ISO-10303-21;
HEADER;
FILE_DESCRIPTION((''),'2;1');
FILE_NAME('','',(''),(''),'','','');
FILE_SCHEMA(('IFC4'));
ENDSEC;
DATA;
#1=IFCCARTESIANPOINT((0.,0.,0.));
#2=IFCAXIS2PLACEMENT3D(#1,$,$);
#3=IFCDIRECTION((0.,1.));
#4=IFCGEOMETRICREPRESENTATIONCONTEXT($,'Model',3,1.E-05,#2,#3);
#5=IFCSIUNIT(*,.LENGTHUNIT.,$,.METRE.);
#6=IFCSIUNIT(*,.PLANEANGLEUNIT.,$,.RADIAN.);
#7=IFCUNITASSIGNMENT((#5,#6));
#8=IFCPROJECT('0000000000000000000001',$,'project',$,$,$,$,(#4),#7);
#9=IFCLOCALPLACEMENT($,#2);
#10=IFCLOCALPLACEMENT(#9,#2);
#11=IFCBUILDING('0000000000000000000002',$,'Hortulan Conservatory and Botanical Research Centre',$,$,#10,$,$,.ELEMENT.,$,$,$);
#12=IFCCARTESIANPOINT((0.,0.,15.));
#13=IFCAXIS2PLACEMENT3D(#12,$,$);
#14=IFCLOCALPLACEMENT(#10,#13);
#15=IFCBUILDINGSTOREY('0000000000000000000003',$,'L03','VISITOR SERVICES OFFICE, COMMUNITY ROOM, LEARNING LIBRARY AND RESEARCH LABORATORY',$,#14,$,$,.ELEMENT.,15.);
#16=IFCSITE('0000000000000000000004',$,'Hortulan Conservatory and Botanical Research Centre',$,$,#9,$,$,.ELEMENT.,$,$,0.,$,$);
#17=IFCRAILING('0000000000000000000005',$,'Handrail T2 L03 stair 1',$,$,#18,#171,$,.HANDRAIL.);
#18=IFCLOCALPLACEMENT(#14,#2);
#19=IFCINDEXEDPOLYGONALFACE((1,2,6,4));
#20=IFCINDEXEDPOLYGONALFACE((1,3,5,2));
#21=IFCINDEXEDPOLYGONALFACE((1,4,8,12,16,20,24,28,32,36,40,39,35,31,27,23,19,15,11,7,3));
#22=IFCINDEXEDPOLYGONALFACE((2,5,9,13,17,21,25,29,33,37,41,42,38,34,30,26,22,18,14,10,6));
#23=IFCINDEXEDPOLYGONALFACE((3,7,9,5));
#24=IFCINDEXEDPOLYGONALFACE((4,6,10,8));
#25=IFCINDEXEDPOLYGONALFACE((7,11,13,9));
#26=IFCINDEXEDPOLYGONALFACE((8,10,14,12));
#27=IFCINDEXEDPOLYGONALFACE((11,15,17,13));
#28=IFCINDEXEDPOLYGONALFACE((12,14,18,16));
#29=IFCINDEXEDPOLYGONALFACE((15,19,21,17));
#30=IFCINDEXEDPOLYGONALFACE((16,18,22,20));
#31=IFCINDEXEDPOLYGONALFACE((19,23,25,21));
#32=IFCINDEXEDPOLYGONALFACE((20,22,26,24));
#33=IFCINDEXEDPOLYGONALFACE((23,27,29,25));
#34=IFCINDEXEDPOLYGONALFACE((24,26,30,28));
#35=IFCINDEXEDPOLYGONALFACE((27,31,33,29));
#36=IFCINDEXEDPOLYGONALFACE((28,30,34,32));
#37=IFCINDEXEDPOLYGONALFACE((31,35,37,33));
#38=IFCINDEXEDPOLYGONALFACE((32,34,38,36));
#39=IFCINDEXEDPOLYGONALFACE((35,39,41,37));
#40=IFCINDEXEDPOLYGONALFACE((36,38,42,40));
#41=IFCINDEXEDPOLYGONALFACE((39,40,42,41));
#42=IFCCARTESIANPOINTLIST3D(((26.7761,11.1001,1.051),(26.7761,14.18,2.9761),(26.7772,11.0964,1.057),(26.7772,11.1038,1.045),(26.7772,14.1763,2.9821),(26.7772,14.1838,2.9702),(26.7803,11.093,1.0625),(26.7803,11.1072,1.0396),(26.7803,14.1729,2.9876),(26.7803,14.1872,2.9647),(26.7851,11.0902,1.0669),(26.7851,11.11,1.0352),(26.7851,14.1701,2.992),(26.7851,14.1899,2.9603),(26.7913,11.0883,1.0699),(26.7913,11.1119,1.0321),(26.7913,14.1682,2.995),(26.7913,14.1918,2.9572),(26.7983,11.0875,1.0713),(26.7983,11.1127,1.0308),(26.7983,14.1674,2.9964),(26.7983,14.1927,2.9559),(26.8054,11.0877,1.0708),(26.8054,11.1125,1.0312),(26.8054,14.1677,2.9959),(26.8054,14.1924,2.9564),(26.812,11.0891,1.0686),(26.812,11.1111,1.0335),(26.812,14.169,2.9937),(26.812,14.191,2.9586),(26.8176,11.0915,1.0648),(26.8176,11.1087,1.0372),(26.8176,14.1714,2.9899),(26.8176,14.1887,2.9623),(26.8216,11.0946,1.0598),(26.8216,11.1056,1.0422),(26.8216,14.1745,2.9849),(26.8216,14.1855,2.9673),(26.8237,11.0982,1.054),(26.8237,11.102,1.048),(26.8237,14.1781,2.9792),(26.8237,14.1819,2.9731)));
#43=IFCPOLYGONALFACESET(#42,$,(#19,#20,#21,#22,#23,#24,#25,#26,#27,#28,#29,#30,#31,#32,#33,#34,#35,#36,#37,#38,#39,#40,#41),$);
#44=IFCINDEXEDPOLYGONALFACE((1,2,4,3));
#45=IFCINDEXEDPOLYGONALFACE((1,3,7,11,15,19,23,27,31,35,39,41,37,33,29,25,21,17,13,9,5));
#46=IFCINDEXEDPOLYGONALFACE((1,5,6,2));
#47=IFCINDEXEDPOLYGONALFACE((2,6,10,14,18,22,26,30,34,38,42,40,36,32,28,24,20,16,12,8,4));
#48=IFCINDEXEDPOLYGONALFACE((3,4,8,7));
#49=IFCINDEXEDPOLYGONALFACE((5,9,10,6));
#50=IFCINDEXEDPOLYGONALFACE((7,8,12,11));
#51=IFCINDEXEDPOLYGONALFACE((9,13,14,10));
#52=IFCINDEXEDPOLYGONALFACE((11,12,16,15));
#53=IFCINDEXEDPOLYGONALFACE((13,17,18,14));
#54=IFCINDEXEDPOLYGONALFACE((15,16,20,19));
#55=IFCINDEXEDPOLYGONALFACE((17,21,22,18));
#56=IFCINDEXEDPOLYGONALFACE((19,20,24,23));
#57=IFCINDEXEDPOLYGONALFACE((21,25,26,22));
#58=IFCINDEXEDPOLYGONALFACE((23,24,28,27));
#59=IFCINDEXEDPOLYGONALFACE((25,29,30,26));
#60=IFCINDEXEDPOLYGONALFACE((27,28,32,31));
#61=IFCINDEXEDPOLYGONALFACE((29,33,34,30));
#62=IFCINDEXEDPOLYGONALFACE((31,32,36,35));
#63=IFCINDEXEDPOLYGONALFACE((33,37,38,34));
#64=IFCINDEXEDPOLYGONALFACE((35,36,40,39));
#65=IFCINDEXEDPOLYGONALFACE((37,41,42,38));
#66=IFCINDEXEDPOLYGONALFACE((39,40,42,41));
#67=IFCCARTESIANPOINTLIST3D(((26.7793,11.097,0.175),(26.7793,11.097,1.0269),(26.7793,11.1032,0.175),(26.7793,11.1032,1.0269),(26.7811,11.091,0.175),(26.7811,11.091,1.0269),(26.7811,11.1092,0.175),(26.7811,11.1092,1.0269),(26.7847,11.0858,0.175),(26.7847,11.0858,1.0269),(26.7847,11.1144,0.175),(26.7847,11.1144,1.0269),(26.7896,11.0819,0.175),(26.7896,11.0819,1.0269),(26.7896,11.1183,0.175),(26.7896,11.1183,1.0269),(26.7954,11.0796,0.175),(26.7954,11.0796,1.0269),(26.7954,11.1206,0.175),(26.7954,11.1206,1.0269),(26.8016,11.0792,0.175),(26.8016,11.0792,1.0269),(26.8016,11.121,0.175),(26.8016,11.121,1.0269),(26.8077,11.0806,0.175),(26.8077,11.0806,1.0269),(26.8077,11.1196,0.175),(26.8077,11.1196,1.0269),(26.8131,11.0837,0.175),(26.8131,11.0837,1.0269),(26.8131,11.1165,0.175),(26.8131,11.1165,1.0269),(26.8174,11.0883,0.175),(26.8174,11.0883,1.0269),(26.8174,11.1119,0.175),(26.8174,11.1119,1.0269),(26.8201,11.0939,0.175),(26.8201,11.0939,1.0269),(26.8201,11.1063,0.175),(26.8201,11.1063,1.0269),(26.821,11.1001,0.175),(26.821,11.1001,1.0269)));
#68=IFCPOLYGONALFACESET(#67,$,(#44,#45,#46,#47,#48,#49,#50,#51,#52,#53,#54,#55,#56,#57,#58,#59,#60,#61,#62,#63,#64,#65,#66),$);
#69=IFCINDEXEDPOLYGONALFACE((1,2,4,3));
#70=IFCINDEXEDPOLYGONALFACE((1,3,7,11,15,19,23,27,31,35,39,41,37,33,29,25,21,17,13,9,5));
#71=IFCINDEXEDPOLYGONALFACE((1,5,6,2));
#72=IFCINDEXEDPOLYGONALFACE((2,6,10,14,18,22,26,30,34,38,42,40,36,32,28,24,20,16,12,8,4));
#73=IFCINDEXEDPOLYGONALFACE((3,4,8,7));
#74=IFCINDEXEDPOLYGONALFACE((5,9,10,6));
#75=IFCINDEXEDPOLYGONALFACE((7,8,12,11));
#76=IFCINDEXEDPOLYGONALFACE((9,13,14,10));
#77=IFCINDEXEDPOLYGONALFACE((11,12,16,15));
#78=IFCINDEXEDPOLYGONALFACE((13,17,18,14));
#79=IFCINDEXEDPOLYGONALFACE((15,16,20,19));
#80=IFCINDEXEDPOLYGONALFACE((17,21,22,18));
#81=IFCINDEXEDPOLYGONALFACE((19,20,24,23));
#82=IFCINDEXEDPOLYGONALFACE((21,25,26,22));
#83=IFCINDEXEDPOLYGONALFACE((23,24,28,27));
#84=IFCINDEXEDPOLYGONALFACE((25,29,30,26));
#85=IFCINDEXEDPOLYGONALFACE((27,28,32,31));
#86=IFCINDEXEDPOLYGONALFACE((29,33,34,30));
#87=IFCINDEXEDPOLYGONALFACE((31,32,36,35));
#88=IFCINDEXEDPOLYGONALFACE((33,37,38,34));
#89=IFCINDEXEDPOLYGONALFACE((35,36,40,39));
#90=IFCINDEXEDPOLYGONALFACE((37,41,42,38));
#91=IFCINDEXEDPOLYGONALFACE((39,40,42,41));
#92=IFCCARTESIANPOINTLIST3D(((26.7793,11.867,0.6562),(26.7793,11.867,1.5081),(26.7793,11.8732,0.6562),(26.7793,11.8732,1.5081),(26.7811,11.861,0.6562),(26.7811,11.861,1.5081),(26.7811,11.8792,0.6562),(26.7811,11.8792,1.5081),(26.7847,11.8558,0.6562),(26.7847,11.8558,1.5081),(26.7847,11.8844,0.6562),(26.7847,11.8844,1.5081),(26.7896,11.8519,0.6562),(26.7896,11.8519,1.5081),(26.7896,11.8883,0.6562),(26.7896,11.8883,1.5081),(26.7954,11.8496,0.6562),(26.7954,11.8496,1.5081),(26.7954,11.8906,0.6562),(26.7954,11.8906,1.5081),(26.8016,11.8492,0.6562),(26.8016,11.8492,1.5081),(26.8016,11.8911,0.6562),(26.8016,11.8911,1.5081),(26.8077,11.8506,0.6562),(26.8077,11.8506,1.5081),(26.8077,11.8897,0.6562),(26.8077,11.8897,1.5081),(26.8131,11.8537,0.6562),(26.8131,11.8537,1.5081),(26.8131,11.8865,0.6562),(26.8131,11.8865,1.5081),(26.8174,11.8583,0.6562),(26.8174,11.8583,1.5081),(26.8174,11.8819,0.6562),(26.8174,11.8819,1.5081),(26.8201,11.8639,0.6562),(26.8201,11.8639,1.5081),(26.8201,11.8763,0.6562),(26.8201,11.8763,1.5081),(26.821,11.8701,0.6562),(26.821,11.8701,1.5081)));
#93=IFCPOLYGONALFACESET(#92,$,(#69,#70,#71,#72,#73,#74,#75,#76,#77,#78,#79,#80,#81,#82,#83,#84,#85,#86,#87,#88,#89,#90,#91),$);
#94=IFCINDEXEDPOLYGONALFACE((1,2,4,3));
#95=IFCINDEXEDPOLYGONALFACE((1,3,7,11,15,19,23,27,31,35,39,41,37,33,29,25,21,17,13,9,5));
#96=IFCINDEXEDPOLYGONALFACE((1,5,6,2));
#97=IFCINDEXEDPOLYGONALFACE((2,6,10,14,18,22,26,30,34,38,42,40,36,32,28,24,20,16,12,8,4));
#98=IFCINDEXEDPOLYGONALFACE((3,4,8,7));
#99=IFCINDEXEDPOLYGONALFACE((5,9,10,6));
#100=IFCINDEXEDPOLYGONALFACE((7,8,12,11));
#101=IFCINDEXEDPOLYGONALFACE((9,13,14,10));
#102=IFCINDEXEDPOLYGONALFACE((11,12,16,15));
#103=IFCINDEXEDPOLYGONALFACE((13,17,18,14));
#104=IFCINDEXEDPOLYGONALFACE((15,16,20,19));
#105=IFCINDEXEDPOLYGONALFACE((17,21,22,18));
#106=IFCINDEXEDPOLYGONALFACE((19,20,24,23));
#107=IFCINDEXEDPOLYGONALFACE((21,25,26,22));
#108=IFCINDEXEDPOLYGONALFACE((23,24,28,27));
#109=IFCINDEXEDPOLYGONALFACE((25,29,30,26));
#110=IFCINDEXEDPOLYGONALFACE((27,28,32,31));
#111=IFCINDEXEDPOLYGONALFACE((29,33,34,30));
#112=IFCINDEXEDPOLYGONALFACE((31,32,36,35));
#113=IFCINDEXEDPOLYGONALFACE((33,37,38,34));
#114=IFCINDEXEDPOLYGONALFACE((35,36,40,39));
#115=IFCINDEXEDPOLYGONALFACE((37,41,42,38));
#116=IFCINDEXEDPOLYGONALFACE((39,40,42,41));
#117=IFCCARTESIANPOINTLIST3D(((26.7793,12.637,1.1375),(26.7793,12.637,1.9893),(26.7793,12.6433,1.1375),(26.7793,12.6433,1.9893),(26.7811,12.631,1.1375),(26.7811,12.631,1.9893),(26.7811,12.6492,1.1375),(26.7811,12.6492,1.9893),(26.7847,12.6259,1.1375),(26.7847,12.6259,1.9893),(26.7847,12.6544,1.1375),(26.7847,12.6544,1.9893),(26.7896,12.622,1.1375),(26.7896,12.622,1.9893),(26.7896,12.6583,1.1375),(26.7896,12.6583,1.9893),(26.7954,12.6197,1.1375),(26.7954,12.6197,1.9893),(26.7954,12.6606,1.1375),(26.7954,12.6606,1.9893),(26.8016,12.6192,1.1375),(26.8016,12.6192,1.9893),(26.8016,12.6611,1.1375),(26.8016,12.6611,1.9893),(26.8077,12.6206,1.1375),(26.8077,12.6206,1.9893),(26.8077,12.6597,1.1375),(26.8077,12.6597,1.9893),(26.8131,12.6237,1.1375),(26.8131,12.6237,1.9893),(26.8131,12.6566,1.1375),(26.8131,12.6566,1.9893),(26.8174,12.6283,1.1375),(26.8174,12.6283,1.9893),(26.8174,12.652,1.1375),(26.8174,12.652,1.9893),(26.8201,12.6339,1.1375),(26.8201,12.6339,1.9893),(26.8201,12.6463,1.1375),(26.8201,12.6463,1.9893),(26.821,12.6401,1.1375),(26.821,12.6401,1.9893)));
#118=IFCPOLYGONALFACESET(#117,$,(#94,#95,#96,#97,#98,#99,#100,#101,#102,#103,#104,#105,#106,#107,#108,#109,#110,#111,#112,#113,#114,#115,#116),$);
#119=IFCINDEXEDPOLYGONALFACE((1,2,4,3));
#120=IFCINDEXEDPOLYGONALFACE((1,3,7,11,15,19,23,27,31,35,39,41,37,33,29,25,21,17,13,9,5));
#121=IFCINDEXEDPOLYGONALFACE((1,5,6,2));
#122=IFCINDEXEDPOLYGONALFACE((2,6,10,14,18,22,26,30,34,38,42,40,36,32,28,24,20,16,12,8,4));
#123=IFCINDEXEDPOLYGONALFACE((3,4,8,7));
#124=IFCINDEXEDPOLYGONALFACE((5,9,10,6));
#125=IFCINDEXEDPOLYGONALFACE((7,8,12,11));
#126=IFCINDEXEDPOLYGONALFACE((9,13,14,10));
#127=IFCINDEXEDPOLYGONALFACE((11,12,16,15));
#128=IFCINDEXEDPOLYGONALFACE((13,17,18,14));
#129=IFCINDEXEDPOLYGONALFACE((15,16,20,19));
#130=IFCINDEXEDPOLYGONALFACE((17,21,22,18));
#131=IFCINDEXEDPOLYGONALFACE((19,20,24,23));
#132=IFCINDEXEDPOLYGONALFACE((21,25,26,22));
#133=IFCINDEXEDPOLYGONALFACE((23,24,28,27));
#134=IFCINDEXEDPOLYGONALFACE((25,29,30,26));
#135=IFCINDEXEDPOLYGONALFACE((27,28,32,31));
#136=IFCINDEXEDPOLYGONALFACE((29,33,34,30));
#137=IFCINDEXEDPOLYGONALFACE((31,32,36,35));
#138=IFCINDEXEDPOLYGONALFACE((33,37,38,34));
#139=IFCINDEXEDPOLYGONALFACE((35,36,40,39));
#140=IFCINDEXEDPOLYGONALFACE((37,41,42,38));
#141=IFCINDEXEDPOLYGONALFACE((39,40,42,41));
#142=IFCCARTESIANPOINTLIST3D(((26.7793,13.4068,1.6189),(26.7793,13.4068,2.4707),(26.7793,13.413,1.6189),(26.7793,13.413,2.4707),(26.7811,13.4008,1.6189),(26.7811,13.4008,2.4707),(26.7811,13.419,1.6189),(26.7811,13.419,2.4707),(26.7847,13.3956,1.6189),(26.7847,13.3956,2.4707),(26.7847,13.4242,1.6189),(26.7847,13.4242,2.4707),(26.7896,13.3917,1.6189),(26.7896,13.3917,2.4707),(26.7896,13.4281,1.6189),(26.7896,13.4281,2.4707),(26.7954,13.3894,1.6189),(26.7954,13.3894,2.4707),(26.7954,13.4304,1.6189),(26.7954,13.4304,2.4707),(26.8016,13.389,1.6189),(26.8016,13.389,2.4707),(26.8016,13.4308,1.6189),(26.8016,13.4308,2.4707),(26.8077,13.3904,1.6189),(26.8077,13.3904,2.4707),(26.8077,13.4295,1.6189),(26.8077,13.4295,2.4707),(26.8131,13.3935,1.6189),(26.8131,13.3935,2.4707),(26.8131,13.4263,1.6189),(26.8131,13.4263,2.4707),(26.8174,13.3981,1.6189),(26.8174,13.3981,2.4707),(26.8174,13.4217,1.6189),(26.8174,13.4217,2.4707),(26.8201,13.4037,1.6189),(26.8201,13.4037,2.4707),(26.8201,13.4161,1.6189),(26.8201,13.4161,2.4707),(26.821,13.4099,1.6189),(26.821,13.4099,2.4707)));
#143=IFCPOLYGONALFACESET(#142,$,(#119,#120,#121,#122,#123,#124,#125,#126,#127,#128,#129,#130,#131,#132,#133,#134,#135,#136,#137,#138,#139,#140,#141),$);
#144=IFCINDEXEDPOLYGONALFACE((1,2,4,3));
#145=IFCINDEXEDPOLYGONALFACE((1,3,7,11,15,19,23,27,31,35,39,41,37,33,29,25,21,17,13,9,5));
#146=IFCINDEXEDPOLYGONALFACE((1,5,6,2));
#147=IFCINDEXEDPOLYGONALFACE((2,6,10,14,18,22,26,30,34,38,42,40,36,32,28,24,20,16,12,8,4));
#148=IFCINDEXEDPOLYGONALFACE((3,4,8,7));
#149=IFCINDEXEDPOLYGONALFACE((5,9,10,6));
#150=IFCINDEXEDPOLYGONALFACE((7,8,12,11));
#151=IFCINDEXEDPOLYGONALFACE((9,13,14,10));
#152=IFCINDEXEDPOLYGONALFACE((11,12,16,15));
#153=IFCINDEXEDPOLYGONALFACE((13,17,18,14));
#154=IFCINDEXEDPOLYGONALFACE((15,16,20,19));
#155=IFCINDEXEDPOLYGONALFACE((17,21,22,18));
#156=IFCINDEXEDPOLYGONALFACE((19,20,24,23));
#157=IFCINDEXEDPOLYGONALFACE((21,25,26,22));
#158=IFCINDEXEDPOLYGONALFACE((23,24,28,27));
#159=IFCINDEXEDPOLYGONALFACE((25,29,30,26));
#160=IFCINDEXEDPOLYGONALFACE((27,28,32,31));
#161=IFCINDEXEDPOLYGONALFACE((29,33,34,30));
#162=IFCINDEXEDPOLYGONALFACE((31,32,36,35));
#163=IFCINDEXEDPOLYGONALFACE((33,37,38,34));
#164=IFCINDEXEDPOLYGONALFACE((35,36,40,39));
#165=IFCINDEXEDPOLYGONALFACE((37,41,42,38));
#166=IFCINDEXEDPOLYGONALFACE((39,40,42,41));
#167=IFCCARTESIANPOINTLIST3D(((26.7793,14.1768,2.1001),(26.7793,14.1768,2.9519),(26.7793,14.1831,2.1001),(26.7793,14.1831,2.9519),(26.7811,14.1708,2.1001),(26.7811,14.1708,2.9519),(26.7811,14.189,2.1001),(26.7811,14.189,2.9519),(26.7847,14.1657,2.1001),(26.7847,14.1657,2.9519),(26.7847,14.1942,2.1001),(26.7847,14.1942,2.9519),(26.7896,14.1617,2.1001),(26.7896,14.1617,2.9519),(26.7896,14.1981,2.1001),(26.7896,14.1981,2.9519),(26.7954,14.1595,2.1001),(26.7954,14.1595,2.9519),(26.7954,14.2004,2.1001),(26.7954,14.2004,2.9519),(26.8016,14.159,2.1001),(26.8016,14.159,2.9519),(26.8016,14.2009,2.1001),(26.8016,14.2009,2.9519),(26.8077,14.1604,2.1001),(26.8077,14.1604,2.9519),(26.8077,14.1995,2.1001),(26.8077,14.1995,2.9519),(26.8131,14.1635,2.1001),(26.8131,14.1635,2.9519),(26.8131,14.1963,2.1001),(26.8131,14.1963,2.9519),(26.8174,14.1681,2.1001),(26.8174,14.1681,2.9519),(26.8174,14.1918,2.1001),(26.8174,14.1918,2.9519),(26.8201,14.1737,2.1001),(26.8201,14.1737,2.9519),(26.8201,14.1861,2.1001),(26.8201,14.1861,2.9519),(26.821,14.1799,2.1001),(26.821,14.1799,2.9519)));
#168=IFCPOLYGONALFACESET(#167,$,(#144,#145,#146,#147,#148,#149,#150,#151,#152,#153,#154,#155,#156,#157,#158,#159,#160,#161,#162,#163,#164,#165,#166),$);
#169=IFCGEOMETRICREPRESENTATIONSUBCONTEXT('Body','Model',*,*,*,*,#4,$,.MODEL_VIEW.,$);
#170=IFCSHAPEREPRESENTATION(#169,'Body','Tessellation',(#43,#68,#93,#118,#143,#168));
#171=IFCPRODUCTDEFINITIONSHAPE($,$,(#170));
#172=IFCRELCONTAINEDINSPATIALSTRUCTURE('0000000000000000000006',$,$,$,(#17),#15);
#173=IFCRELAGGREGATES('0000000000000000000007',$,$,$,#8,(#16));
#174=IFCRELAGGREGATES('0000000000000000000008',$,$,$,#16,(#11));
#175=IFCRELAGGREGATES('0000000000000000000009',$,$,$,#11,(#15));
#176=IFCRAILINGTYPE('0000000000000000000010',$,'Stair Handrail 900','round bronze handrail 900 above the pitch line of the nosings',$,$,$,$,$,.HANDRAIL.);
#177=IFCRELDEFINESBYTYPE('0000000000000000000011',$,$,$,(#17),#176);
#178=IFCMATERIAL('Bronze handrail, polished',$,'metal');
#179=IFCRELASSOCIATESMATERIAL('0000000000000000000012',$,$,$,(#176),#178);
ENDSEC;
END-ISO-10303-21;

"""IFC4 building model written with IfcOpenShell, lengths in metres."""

from ifc_helpers import new_model, si_unit, direction, frame, origin, origin_2d, place, context, subcontext, project, spatial, circle, extrude, material, type_object, element, save


model = new_model("IFC4")

# Units and contexts
model_context = context("Model", 3, precision=1e-05, world=origin(), true_north=direction((0.0, 1.0)))
body_context = subcontext(model_context, "Body", "Model", "MODEL_VIEW")
ifc_project = project(units=[si_unit("LENGTHUNIT", "METRE"), si_unit("PLANEANGLEUNIT", "RADIAN")], contexts=[model_context])

# Site, building, storey
site_placement = place(None, origin())
site = spatial("IfcSite", under=ifc_project, at=site_placement, Name="Hortulan Conservatory and Botanical Research Centre", CompositionType="ELEMENT", RefElevation=0.0)
building_placement = place(site_placement, origin())
building = spatial("IfcBuilding", under=site, at=building_placement, Name="Hortulan Conservatory and Botanical Research Centre", CompositionType="ELEMENT")
storey_placement = place(building_placement, frame((0.0, 0.0, 15.0)))
storey = spatial("IfcBuildingStorey", under=building, at=storey_placement, Name="L03", Description="VISITOR SERVICES OFFICE, COMMUNITY ROOM, LEARNING LIBRARY AND RESEARCH LABORATORY", CompositionType="ELEMENT", Elevation=15.0)

# Railing
ifc_material_1 = material(Name="Bronze handrail, polished", Category="metal")
railing_type_1 = type_object("IfcRailingType", Name="Stair Handrail 900", Description="round bronze handrail 900 above the pitch line of the nosings", PredefinedType="HANDRAIL", material=ifc_material_1)
railing_1_placement = place(storey_placement, frame((26.8, 11.1001, 0.175)))
element("IfcRailing", 1, at=railing_1_placement, inside=storey, type_object=railing_type_1, Name="Handrail T2 L03 stair 1", PredefinedType="HANDRAIL", context=body_context, shape_type="SweptSolid", body=[
    extrude(circle(Radius=0.0239, at=origin_2d()), frame((0.0, 0.0, 0.876), z_axis=(0.0, 0.847979, 0.530029), x_axis=(-1.0, 0.0, 0.0)), (0.0, 0.0, 1.0), 3.6321),
    extrude(circle(Radius=0.021, at=origin_2d()), origin(), (0.0, 0.0, 1.0), 0.8518),
    extrude(circle(Radius=0.021, at=origin_2d()), frame((0.0, 0.77, 0.4812)), (0.0, 0.0, 1.0), 0.8518),
    extrude(circle(Radius=0.021, at=origin_2d()), frame((0.0, 1.54, 0.9624)), (0.0, 0.0, 1.0), 0.8518),
    extrude(circle(Radius=0.021, at=origin_2d()), frame((0.0, 2.3098, 1.4438)), (0.0, 0.0, 1.0), 0.8518),
    extrude(circle(Radius=0.021, at=origin_2d()), frame((0.0, 3.0798, 1.925)), (0.0, 0.0, 1.0), 0.8518),
])

save(model, "model.ifc")
